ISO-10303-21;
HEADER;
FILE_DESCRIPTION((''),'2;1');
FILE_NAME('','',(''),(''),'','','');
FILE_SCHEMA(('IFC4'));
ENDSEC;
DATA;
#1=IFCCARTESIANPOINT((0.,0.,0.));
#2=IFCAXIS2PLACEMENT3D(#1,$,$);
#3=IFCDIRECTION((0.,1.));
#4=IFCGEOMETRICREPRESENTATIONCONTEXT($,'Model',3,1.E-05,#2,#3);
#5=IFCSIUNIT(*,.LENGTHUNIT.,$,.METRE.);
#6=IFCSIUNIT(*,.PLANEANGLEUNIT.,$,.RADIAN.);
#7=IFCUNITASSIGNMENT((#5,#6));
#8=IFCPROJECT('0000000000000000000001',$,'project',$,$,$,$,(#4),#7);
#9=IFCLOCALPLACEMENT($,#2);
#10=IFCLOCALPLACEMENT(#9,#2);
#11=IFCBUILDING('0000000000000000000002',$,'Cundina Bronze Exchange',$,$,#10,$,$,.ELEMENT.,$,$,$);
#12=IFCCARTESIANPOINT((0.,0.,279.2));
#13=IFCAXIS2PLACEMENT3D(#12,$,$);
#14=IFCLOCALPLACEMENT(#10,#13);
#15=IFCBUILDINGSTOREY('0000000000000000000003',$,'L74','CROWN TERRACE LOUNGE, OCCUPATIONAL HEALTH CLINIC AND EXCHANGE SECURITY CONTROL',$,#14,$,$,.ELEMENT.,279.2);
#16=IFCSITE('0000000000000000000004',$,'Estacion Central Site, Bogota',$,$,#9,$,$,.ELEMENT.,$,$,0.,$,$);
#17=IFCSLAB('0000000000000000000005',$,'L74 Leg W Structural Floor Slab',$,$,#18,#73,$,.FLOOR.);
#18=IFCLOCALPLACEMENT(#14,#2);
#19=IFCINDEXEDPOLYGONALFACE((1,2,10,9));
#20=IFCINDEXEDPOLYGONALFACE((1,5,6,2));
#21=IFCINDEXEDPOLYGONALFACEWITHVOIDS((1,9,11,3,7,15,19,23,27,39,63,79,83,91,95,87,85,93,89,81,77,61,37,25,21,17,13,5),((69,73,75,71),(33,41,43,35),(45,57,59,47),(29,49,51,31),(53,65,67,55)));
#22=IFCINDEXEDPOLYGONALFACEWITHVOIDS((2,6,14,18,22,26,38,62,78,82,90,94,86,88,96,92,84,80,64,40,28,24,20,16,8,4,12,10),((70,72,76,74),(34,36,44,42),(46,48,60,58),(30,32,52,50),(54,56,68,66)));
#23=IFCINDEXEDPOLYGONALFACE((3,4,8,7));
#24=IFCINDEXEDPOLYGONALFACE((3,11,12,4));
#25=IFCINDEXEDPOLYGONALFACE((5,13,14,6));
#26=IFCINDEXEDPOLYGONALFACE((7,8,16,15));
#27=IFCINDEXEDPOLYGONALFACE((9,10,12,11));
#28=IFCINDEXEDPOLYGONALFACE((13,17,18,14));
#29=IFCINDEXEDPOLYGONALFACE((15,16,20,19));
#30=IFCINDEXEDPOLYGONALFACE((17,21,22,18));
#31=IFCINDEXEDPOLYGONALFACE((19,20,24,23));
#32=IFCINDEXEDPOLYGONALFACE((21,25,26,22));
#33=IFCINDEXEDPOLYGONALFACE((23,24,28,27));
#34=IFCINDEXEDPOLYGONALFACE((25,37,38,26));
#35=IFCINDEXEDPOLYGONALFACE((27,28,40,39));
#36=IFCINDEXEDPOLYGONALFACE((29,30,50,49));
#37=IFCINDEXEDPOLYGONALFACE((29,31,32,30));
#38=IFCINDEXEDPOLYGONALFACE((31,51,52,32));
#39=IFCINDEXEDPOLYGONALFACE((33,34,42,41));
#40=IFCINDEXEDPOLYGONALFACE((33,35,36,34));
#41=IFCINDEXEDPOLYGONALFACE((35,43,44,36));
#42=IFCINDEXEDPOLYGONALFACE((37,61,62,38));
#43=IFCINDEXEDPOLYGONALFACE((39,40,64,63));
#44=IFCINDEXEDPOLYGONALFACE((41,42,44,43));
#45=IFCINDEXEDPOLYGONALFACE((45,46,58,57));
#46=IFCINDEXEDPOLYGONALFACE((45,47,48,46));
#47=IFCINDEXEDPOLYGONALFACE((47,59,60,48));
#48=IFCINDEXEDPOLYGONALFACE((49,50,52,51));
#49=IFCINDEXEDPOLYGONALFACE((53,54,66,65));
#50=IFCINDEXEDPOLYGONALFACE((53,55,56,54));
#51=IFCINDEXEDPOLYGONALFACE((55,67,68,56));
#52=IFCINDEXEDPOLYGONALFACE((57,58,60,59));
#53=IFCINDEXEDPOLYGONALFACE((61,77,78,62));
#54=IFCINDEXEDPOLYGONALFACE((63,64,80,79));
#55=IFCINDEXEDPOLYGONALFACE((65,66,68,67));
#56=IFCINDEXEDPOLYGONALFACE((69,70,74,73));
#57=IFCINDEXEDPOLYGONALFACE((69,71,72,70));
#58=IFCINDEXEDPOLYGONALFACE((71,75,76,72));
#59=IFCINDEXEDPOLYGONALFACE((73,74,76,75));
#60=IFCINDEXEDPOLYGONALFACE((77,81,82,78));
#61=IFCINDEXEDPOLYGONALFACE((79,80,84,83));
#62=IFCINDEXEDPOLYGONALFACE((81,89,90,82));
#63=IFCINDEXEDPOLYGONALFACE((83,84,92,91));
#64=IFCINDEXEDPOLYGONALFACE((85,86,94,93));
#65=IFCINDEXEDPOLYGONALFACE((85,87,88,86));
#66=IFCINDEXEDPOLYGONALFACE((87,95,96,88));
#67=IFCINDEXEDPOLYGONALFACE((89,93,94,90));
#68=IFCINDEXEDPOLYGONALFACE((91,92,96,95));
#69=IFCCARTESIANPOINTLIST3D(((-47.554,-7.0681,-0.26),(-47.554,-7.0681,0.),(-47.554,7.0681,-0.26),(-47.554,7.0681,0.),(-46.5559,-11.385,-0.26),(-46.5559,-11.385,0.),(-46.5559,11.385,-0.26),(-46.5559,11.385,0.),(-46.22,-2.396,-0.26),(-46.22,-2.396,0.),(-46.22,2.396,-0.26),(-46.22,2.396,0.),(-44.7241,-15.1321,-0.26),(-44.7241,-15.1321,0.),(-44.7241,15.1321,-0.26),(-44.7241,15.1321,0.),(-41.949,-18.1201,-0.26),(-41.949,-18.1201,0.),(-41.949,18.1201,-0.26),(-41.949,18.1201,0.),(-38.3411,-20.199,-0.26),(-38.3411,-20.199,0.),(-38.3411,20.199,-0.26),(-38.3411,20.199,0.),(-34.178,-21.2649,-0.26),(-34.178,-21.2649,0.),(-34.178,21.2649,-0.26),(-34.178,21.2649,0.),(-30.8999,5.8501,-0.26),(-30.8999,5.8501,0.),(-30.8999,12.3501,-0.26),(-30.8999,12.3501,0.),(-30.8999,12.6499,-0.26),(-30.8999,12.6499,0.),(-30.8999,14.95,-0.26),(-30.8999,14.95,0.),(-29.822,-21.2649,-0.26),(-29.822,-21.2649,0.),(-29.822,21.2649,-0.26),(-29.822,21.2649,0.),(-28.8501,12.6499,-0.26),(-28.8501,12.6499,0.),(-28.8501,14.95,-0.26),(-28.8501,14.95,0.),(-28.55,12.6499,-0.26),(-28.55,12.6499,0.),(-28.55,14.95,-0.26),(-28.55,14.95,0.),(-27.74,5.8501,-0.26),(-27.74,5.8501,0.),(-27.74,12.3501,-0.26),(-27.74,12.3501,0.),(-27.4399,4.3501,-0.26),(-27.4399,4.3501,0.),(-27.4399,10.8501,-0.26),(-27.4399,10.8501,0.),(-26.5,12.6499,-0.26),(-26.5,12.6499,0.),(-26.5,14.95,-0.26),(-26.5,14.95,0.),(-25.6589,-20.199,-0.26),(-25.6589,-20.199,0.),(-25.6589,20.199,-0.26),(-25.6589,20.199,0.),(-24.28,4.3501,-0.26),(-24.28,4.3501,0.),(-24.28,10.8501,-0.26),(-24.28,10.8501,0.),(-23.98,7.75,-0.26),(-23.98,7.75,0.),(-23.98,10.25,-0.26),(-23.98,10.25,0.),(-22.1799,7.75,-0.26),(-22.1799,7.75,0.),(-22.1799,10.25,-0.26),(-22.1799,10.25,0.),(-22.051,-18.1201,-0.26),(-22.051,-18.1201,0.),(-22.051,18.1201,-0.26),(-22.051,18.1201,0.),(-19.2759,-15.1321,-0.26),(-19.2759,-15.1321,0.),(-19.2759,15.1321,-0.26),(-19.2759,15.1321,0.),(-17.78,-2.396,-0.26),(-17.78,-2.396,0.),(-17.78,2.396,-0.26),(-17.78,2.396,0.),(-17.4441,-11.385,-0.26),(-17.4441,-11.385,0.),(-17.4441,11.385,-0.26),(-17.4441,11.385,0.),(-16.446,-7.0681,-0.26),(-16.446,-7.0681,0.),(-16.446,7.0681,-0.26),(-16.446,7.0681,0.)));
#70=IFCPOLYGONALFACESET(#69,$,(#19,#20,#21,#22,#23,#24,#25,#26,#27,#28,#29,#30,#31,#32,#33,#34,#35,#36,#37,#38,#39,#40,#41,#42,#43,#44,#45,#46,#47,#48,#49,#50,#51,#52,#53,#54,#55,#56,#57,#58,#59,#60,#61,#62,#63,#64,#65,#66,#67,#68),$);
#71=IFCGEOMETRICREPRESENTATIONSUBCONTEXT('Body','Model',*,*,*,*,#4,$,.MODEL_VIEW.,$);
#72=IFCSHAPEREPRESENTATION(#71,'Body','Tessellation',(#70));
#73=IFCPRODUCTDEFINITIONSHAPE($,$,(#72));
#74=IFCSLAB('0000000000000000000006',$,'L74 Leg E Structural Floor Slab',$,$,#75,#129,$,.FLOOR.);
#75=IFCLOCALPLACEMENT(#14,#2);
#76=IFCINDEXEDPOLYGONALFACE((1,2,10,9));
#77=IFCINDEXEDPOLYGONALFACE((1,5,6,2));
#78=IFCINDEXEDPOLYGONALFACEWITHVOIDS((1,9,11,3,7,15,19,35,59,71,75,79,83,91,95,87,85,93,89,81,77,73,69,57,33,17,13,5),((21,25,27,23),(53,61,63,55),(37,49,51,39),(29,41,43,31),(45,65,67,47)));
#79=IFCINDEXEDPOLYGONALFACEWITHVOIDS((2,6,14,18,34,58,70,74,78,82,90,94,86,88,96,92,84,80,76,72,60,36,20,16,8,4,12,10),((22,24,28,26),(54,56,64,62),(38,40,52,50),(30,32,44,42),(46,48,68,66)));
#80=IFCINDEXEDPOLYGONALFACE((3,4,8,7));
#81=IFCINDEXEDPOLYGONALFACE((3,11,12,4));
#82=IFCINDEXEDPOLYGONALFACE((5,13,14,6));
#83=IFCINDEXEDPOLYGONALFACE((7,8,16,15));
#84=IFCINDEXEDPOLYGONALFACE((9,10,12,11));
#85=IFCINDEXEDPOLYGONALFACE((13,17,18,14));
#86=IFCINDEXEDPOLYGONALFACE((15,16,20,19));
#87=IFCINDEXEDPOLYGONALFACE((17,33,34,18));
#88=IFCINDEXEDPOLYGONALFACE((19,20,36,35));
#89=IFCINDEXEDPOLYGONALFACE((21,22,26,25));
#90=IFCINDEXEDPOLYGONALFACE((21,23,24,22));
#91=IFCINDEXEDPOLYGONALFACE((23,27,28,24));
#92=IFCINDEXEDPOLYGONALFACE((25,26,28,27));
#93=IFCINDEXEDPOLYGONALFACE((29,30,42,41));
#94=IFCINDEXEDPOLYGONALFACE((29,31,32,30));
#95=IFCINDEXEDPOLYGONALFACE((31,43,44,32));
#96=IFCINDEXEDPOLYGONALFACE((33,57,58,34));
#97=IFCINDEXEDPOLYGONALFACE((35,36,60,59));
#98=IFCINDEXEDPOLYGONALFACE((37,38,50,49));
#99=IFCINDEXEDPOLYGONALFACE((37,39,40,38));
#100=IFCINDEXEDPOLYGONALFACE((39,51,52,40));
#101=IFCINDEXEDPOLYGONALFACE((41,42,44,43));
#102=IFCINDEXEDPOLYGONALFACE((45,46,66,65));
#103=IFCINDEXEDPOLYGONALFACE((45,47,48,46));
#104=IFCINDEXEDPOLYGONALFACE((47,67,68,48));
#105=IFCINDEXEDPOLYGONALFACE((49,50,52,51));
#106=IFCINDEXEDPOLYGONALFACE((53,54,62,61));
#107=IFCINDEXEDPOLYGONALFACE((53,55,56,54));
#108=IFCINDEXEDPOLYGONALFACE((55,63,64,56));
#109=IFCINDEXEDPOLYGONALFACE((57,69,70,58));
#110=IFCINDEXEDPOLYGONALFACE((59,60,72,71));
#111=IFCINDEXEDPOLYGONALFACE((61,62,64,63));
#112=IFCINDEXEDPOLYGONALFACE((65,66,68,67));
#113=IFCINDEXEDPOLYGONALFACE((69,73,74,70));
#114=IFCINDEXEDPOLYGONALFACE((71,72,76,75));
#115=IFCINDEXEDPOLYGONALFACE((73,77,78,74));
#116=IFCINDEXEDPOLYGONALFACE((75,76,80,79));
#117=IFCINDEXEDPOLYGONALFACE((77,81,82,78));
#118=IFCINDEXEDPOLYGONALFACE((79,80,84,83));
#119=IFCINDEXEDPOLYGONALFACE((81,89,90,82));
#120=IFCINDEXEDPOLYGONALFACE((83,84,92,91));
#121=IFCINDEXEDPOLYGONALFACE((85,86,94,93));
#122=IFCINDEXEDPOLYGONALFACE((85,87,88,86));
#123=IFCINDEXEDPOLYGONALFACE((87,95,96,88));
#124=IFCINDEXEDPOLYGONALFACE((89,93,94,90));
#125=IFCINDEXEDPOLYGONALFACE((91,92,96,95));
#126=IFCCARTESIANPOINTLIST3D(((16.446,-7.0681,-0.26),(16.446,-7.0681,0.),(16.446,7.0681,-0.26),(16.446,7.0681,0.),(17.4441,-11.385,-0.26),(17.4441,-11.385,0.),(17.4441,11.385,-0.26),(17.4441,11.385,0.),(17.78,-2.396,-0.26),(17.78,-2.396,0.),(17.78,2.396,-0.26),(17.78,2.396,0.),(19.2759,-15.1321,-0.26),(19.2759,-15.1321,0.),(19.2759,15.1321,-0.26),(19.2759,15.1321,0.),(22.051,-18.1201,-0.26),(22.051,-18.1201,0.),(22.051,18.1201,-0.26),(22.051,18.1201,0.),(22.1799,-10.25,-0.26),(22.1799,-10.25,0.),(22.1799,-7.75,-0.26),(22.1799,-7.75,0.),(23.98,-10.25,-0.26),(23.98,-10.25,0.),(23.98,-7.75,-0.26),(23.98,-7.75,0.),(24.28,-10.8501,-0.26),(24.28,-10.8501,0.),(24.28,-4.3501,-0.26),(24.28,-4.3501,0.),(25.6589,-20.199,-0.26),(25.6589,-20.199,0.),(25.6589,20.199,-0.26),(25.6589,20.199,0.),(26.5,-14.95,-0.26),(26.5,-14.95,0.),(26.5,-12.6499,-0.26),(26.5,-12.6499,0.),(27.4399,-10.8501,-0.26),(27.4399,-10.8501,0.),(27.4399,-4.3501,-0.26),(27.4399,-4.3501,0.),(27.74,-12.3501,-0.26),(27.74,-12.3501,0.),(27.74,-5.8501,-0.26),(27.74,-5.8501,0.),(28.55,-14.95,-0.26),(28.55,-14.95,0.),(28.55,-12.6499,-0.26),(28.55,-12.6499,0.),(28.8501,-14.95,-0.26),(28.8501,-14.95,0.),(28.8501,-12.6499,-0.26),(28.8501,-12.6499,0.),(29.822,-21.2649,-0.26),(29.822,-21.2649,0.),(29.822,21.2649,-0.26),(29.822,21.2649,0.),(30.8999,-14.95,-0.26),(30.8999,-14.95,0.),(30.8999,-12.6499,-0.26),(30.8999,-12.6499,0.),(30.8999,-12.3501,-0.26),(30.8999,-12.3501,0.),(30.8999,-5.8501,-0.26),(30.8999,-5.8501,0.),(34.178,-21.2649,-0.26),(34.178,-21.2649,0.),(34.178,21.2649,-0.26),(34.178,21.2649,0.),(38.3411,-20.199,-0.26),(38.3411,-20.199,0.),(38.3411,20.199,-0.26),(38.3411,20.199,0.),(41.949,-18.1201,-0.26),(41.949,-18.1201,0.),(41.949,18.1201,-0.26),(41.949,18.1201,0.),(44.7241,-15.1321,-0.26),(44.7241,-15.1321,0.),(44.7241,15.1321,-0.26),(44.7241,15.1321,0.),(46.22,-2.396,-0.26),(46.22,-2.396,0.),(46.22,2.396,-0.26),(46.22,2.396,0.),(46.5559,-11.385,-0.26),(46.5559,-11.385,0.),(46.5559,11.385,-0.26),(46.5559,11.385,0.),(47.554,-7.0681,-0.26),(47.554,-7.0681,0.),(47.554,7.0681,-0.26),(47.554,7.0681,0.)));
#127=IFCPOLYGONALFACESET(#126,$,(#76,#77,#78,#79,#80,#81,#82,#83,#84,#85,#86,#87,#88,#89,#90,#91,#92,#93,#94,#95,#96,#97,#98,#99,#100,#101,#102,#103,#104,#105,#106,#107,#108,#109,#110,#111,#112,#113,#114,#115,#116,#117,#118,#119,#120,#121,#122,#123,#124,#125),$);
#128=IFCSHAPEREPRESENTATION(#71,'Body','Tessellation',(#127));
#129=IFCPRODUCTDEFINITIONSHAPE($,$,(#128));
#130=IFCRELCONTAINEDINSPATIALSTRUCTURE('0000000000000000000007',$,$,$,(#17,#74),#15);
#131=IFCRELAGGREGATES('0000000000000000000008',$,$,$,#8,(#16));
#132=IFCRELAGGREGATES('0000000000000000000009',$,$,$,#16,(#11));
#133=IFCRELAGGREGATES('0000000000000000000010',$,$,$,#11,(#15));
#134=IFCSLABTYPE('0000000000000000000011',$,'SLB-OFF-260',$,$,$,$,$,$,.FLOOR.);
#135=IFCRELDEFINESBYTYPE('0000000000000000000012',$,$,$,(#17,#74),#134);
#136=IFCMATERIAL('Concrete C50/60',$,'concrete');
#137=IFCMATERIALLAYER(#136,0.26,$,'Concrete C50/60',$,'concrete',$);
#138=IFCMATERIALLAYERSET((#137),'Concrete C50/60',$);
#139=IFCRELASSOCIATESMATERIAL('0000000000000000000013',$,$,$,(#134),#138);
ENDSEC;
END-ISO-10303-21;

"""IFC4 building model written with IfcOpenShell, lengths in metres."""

from ifc_helpers import new_model, si_unit, direction, frame, origin, place, context, subcontext, project, spatial, polyline, outline, extrude, material, layer, layer_set, type_object, element, save


model = new_model("IFC4")

# Units and contexts
model_context = context("Model", 3, precision=1e-05, world=origin(), true_north=direction((0.0, 1.0)))
body_context = subcontext(model_context, "Body", "Model", "MODEL_VIEW")
ifc_project = project(units=[si_unit("LENGTHUNIT", "METRE"), si_unit("PLANEANGLEUNIT", "RADIAN")], contexts=[model_context])

# Site, building, storey
site_placement = place(None, origin())
site = spatial("IfcSite", under=ifc_project, at=site_placement, Name="Estacion Central Site, Bogota", CompositionType="ELEMENT", RefElevation=0.0)
building_placement = place(site_placement, origin())
building = spatial("IfcBuilding", under=site, at=building_placement, Name="Cundina Bronze Exchange", CompositionType="ELEMENT")
storey_placement = place(building_placement, frame((0.0, 0.0, 279.2)))
storey = spatial("IfcBuildingStorey", under=building, at=storey_placement, Name="L74", Description="CROWN TERRACE LOUNGE, OCCUPATIONAL HEALTH CLINIC AND EXCHANGE SECURITY CONTROL", CompositionType="ELEMENT", Elevation=279.2)

# Slabs
ifc_material_1 = material(Name="Concrete C50/60", Category="concrete")
ifc_layer_1 = layer(ifc_material_1, 0.26, Name="Concrete C50/60", Category="concrete")
ifc_layer_set_1 = layer_set([ifc_layer_1], Name="Concrete C50/60")
slab_type_1 = type_object("IfcSlabType", Name="SLB-OFF-260", PredefinedType="FLOOR", material=ifc_layer_set_1)
slab_1_placement = place(storey_placement, frame((0.0, 0.0, -0.26)))
element("IfcSlab", 1, at=slab_1_placement, inside=storey, type_object=slab_type_1, Name="L74 Leg W Structural Floor Slab", PredefinedType="FLOOR", context=body_context, shape_type="SweptSolid", body=[
    extrude(outline(polyline([(-17.78, 2.396), (-16.446, 7.0681), (-17.4441, 11.385), (-19.2759, 15.1321), (-22.051, 18.1201), (-25.6589, 20.199), (-29.822, 21.2649), (-34.178, 21.2649), (-38.3411, 20.199), (-41.949, 18.1201), (-44.7241, 15.1321), (-46.5559, 11.385), (-47.554, 7.0681), (-46.22, 2.396), (-46.22, -2.396), (-47.554, -7.0681), (-46.5559, -11.385), (-44.7241, -15.1321), (-41.949, -18.1201), (-38.3411, -20.199), (-34.178, -21.2649), (-29.822, -21.2649), (-25.6589, -20.199), (-22.051, -18.1201), (-19.2759, -15.1321), (-17.4441, -11.385), (-16.446, -7.0681), (-17.78, -2.396), (-17.78, 2.396)]), holes=[polyline([(-27.74, 5.8501), (-27.74, 12.3501), (-30.8999, 12.3501), (-30.8999, 5.8501), (-27.74, 5.8501)]), polyline([(-27.4399, 10.8501), (-27.4399, 4.3501), (-24.28, 4.3501), (-24.28, 10.8501), (-27.4399, 10.8501)]), polyline([(-23.98, 10.25), (-22.1799, 10.25), (-22.1799, 7.75), (-23.98, 7.75), (-23.98, 10.25)]), polyline([(-30.8999, 14.95), (-28.8501, 14.95), (-28.8501, 12.6499), (-30.8999, 12.6499), (-30.8999, 14.95)]), polyline([(-28.55, 14.95), (-26.5, 14.95), (-26.5, 12.6499), (-28.55, 12.6499), (-28.55, 14.95)])]), origin(), (0.0, 0.0, 1.0), 0.26),
])
slab_2_placement = place(storey_placement, frame((0.0, 0.0, -0.26)))
element("IfcSlab", 2, at=slab_2_placement, inside=storey, type_object=slab_type_1, Name="L74 Leg E Structural Floor Slab", PredefinedType="FLOOR", context=body_context, shape_type="SweptSolid", body=[
    extrude(outline(polyline([(46.22, 2.396), (47.554, 7.0681), (46.5559, 11.385), (44.7241, 15.1321), (41.949, 18.1201), (38.3411, 20.199), (34.178, 21.2649), (29.822, 21.2649), (25.6589, 20.199), (22.051, 18.1201), (19.2759, 15.1321), (17.4441, 11.385), (16.446, 7.0681), (17.78, 2.396), (17.78, -2.396), (16.446, -7.0681), (17.4441, -11.385), (19.2759, -15.1321), (22.051, -18.1201), (25.6589, -20.199), (29.822, -21.2649), (34.178, -21.2649), (38.3411, -20.199), (41.949, -18.1201), (44.7241, -15.1321), (46.5559, -11.385), (47.554, -7.0681), (46.22, -2.396), (46.22, 2.396)]), holes=[polyline([(27.74, -5.8501), (27.74, -12.3501), (30.8999, -12.3501), (30.8999, -5.8501), (27.74, -5.8501)]), polyline([(27.4399, -10.8501), (27.4399, -4.3501), (24.28, -4.3501), (24.28, -10.8501), (27.4399, -10.8501)]), polyline([(22.1799, -7.75), (23.98, -7.75), (23.98, -10.25), (22.1799, -10.25), (22.1799, -7.75)]), polyline([(28.8501, -12.6499), (30.8999, -12.6499), (30.8999, -14.95), (28.8501, -14.95), (28.8501, -12.6499)]), polyline([(26.5, -12.6499), (28.55, -12.6499), (28.55, -14.95), (26.5, -14.95), (26.5, -12.6499)])]), origin(), (0.0, 0.0, 1.0), 0.26),
])

save(model, "model.ifc")
